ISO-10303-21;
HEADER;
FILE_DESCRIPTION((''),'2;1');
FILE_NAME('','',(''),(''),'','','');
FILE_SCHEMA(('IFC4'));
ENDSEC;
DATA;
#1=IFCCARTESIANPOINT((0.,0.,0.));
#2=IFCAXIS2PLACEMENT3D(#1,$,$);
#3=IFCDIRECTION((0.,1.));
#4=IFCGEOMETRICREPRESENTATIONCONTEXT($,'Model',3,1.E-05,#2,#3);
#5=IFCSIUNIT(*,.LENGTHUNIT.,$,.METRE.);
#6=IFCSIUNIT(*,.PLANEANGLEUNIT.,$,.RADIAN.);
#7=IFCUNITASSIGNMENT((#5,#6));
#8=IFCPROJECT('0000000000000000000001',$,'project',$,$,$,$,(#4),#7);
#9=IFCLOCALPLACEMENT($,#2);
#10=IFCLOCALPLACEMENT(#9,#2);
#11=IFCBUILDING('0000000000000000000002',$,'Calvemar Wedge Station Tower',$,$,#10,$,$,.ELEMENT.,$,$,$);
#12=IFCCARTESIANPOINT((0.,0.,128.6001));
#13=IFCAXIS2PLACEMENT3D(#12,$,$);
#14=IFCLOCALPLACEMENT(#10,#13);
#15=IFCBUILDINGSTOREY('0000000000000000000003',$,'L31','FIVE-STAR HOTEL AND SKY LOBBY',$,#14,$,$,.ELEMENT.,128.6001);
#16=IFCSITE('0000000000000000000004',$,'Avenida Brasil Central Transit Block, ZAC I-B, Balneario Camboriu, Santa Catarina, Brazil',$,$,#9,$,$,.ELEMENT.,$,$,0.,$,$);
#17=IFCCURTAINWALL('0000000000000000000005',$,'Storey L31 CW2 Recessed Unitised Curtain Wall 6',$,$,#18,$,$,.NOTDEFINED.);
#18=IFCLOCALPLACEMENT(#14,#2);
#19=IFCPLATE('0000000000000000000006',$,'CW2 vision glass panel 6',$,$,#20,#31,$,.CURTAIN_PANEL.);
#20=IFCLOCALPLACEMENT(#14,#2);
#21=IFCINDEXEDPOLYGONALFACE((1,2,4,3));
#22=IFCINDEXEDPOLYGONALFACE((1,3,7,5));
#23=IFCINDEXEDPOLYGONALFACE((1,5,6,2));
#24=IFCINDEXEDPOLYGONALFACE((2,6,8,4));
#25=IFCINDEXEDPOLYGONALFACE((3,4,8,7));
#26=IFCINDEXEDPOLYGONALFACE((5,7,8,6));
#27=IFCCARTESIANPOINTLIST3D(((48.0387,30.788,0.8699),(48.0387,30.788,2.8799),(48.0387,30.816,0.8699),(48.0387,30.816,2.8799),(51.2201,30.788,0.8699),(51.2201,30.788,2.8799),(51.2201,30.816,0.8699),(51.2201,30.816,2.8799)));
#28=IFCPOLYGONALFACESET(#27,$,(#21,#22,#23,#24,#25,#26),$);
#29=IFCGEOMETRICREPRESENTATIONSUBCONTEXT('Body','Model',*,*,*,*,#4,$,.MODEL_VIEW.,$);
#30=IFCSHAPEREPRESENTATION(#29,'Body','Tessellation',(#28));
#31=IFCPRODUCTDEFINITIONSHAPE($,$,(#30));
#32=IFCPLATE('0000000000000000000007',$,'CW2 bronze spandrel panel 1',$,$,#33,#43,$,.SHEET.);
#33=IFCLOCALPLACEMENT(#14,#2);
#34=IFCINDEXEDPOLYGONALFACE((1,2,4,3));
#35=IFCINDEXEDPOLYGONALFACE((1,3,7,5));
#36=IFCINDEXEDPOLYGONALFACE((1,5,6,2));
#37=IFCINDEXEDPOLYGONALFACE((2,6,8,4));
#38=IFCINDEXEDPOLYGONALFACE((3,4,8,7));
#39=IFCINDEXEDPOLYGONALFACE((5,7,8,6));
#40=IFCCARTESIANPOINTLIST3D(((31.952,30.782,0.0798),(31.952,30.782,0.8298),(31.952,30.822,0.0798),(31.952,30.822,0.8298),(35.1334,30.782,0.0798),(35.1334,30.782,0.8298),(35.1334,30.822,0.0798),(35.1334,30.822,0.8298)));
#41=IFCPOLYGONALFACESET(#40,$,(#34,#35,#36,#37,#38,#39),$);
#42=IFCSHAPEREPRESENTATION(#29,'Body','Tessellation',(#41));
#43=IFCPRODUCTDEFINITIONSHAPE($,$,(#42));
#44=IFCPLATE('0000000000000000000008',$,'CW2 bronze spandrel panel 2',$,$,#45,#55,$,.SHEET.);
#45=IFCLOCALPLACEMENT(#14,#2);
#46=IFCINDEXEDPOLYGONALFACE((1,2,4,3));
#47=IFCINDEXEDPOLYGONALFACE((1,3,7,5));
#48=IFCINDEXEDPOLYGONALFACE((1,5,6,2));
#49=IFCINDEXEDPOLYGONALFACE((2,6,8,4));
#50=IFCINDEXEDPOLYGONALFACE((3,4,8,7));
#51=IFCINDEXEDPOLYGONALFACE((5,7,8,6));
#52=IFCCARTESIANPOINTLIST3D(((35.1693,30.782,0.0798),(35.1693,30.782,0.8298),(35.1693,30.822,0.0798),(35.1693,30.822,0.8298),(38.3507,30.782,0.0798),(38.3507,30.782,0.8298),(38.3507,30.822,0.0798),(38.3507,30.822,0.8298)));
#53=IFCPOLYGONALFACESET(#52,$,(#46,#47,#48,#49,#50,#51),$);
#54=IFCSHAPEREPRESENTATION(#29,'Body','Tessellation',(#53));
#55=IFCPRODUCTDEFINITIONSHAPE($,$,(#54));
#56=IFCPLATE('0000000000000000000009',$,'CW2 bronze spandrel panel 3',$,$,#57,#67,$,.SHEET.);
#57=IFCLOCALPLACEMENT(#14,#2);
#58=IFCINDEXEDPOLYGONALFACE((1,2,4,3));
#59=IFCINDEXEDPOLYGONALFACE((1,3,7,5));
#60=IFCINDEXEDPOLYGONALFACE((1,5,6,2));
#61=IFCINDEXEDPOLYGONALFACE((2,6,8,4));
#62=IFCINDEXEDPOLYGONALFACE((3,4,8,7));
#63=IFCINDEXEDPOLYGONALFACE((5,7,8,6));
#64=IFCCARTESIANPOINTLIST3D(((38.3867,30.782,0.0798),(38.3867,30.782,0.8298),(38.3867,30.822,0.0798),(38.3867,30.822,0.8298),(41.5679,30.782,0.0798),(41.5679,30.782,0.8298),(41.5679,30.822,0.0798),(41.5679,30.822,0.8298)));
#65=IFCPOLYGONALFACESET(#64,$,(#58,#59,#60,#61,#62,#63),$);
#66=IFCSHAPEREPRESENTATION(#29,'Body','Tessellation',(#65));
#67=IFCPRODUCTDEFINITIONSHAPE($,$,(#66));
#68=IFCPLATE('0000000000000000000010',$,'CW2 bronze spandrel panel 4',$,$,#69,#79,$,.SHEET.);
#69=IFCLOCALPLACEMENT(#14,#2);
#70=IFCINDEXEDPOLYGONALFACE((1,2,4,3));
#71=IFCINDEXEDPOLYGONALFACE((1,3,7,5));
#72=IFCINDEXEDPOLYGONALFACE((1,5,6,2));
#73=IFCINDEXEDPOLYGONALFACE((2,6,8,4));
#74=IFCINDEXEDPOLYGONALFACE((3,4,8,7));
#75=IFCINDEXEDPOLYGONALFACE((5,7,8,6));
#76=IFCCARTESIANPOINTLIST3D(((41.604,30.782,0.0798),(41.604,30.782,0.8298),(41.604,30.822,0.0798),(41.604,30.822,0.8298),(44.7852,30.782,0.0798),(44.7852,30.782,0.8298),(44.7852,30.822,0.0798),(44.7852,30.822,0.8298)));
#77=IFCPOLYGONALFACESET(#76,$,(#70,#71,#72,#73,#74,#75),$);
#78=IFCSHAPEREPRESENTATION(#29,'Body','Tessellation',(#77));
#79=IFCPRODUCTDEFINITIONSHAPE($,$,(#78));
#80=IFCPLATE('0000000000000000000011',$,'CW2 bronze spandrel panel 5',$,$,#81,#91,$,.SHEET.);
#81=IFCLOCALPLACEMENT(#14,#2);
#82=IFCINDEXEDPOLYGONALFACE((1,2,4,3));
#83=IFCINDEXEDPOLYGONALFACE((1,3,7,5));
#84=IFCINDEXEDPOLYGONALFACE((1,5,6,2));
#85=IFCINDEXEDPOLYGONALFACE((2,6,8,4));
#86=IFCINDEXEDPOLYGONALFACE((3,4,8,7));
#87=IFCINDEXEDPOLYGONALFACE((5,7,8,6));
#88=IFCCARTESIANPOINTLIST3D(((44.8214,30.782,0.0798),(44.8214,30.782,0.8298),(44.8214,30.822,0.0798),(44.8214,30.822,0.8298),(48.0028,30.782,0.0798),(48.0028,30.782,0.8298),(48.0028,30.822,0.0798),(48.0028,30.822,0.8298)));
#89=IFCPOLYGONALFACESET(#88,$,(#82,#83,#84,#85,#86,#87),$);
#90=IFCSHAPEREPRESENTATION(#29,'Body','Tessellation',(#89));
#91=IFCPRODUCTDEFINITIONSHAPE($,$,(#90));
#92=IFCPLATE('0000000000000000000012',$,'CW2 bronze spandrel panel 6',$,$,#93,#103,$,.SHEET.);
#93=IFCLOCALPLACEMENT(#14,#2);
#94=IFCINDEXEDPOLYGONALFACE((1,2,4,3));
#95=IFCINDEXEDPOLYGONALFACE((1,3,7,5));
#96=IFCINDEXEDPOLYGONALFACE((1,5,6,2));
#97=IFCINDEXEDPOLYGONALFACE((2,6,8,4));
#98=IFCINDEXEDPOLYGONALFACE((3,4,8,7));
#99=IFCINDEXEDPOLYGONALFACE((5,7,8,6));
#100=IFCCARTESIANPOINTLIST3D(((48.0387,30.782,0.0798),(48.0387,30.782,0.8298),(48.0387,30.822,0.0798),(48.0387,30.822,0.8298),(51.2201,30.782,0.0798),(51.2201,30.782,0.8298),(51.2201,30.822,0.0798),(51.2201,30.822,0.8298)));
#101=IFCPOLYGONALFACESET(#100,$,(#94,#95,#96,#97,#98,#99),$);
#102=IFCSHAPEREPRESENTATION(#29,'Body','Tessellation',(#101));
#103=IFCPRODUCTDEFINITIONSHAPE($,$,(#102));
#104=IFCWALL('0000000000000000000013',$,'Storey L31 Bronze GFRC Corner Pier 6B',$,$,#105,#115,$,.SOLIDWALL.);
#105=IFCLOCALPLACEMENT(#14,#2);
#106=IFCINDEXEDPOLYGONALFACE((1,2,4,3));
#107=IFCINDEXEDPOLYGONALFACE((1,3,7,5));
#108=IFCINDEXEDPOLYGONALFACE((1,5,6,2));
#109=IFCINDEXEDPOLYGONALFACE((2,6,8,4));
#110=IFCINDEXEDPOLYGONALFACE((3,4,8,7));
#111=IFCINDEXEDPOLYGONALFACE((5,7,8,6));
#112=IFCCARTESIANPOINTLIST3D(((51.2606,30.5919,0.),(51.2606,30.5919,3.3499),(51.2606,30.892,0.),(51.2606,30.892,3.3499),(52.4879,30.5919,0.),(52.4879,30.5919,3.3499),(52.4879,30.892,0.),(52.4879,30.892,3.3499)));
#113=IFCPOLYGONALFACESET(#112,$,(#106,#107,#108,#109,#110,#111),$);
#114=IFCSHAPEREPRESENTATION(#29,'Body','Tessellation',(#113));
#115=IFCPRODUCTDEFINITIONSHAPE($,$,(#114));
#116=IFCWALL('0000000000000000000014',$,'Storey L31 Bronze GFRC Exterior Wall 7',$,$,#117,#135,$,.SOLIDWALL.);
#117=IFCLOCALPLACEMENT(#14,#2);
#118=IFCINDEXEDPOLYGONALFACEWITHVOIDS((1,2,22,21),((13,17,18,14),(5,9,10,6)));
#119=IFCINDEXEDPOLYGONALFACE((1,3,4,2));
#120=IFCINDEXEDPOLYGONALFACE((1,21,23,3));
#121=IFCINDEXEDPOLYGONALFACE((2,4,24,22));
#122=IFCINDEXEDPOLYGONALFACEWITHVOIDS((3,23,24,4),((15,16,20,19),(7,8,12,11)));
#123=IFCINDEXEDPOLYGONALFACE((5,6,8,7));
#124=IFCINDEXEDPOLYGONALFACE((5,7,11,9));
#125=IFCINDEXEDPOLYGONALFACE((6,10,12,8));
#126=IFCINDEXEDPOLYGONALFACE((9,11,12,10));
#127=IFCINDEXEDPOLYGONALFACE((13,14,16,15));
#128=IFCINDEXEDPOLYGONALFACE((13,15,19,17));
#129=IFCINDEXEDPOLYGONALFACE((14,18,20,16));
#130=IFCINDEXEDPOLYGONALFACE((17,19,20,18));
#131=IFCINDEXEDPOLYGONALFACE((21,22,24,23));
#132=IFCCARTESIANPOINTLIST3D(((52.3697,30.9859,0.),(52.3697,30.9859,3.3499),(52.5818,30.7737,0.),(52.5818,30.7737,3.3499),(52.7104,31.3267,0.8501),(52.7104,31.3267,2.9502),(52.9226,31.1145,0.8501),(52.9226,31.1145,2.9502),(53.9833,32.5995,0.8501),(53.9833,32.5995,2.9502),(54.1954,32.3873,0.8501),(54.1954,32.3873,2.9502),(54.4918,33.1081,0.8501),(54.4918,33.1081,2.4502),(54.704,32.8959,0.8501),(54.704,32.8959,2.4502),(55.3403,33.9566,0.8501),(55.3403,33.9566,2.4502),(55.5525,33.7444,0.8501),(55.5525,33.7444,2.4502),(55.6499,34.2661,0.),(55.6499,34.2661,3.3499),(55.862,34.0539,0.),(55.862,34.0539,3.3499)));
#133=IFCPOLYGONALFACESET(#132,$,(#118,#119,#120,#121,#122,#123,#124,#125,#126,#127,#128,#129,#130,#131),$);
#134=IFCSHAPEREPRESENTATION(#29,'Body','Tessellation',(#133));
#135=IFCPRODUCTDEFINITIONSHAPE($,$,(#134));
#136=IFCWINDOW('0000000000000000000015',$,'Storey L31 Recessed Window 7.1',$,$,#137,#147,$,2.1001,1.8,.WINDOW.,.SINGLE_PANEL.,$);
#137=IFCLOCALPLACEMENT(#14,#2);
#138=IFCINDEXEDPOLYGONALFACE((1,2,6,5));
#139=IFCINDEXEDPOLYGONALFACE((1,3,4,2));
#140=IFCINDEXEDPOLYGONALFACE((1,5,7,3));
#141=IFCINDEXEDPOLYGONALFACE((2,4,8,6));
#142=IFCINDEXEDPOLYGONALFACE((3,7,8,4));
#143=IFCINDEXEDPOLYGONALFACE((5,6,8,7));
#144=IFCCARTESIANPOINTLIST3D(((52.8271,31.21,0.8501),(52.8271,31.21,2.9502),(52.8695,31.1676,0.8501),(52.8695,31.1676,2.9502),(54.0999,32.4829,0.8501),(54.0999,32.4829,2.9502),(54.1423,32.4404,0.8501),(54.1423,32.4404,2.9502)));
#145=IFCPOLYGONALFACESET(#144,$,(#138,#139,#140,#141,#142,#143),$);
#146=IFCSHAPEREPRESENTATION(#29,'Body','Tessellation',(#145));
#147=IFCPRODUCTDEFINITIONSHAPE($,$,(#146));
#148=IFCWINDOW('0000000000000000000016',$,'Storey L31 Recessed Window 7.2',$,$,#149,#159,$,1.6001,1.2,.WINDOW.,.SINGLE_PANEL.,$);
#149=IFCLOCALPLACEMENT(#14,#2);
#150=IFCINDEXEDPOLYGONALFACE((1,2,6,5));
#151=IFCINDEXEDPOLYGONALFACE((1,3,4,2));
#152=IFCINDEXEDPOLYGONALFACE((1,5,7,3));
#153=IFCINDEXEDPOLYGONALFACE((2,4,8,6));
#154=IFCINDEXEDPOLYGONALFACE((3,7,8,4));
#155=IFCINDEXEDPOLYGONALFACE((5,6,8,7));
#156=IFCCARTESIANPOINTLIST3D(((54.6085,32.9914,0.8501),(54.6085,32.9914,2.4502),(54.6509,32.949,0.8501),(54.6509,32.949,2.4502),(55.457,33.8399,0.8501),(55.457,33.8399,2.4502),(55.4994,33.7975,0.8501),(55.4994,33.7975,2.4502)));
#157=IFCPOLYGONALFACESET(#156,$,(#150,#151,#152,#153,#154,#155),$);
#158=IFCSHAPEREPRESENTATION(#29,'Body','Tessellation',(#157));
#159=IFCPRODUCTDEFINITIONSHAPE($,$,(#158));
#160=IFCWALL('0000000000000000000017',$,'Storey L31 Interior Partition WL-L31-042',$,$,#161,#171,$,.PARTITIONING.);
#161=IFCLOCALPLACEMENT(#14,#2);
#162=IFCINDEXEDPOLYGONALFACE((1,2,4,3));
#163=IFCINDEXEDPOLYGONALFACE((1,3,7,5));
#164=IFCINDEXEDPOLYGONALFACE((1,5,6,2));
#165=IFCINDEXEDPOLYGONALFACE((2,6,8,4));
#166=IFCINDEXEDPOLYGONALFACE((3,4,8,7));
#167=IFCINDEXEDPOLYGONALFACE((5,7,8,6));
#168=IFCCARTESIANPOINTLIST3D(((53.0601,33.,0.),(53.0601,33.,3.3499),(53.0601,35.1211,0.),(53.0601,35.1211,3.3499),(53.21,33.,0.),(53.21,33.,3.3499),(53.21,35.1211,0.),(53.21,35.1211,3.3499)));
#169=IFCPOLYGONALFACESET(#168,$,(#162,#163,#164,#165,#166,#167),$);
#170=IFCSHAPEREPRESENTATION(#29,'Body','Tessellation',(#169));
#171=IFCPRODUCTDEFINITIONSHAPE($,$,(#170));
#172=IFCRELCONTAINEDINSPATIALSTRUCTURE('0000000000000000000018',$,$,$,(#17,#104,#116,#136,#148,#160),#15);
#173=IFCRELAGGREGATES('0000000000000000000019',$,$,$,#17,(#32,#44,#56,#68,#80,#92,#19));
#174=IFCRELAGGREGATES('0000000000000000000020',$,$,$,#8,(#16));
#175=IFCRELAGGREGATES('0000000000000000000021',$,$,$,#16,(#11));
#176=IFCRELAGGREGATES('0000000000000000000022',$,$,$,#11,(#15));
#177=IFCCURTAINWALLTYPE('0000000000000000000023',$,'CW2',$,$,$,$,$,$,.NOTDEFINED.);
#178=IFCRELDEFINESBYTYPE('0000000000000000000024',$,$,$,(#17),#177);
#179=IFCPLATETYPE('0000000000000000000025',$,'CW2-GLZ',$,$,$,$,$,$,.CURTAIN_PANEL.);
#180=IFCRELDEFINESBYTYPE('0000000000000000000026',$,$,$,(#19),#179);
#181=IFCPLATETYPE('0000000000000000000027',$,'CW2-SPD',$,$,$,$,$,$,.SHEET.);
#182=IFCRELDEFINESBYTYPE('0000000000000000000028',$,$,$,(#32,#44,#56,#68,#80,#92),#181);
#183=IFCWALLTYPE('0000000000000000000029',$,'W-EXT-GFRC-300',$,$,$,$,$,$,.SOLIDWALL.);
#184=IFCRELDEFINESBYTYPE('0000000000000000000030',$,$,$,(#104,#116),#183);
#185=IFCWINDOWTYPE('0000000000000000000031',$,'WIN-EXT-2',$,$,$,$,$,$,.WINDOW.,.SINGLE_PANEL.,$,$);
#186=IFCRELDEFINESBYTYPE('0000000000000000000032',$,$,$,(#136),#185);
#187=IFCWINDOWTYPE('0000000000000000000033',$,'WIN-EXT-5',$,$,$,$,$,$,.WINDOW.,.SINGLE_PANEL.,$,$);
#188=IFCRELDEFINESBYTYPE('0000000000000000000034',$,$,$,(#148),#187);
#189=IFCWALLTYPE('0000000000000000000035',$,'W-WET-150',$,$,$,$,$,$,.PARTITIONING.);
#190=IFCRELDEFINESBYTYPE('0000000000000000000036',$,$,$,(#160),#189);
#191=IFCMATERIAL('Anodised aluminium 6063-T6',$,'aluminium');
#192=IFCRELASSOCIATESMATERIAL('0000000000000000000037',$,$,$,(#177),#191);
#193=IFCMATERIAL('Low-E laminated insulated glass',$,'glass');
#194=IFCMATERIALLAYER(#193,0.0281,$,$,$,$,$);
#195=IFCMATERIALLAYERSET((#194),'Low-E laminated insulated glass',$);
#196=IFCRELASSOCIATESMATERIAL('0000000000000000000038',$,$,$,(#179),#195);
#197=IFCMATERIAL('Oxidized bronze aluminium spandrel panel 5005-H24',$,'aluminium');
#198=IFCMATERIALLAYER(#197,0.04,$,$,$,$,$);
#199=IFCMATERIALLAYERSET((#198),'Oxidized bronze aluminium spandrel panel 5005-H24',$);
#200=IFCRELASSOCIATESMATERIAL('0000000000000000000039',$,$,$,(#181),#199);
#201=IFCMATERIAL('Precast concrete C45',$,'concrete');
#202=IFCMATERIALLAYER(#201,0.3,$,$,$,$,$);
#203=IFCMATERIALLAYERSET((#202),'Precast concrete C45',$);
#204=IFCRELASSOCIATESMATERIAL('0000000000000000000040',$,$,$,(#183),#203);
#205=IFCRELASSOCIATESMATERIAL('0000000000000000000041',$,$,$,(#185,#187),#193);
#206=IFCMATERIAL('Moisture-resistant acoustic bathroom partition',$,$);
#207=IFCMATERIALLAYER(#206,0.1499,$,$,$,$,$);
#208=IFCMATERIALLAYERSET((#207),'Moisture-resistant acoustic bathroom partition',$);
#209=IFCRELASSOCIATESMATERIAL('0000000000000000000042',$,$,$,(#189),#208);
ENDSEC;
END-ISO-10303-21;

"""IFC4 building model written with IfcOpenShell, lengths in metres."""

from ifc_helpers import new_model, si_unit, direction, frame, frame_2d, origin, place, context, subcontext, project, spatial, rectangle, extrude, source, transform, mapped, material, layer, layer_set, type_object, element, fill, aggregate, save


model = new_model("IFC4")

# Units and contexts
model_context = context("Model", 3, precision=1e-05, world=origin(), true_north=direction((0.0, 1.0)))
body_context = subcontext(model_context, "Body", "Model", "MODEL_VIEW")
ifc_project = project(units=[si_unit("LENGTHUNIT", "METRE"), si_unit("PLANEANGLEUNIT", "RADIAN")], contexts=[model_context])

# Site, building, storey
site_placement = place(None, origin())
site = spatial("IfcSite", under=ifc_project, at=site_placement, Name="Avenida Brasil Central Transit Block, ZAC I-B, Balneario Camboriu, Santa Catarina, Brazil", CompositionType="ELEMENT", RefElevation=0.0)
building_placement = place(site_placement, origin())
building = spatial("IfcBuilding", under=site, at=building_placement, Name="Calvemar Wedge Station Tower", CompositionType="ELEMENT")
storey_placement = place(building_placement, frame((0.0, 0.0, 128.6001)))
storey = spatial("IfcBuildingStorey", under=building, at=storey_placement, Name="L31", Description="FIVE-STAR HOTEL AND SKY LOBBY", CompositionType="ELEMENT", Elevation=128.6001)

# Curtain wall, plates
ifc_material_1 = material(Name="Anodised aluminium 6063-T6", Category="aluminium")
curtain_wall_type = type_object("IfcCurtainWallType", Name="CW2", PredefinedType="NOTDEFINED", material=ifc_material_1)
curtain_wall_placement = place(storey_placement, origin())
curtain_wall = element("IfcCurtainWall", 1, at=curtain_wall_placement, inside=storey, type_object=curtain_wall_type, Name="Storey L31 CW2 Recessed Unitised Curtain Wall 6", PredefinedType="NOTDEFINED")
ifc_material_2 = material(Name="Low-E laminated insulated glass", Category="glass")
ifc_layer_1 = layer(ifc_material_2, 0.0281)
ifc_layer_set_1 = layer_set([ifc_layer_1], Name="Low-E laminated insulated glass")
plate_type_1 = type_object("IfcPlateType", Name="CW2-GLZ", PredefinedType="CURTAIN_PANEL", material=ifc_layer_set_1)
plate_1_placement = place(storey_placement, frame((48.0386, 30.802, 0.8699), z_axis=(0.0, 0.0, 1.0), x_axis=(1.0, 0.0, 0.0)))
plate_1 = element("IfcPlate", 2, at=plate_1_placement, type_object=plate_type_1, Name="CW2 vision glass panel 6", PredefinedType="CURTAIN_PANEL", context=body_context, shape_type="SweptSolid", body=[
    extrude(rectangle(XDim=3.1814, YDim=0.0281, at=frame_2d((1.5908, 0.0))), origin(), (0.0, 0.0, 1.0), 2.01),
])
ifc_material_3 = material(Name="Oxidized bronze aluminium spandrel panel 5005-H24", Category="aluminium")
ifc_layer_2 = layer(ifc_material_3, 0.04)
ifc_layer_set_2 = layer_set([ifc_layer_2], Name="Oxidized bronze aluminium spandrel panel 5005-H24")
plate_type_2 = type_object("IfcPlateType", Name="CW2-SPD", PredefinedType="SHEET", material=ifc_layer_set_2)
plate_2_placement = place(storey_placement, frame((31.9519, 30.802, 0.0798), z_axis=(0.0, 0.0, 1.0), x_axis=(1.0, 0.0, 0.0)))
plate_2 = element("IfcPlate", 3, at=plate_2_placement, type_object=plate_type_2, Name="CW2 bronze spandrel panel 1", PredefinedType="SHEET", context=body_context, shape_type="SweptSolid", body=[
    extrude(rectangle(XDim=3.1814, YDim=0.04, at=frame_2d((1.5908, 0.0))), origin(), (0.0, 0.0, 1.0), 0.75),
])
plate_3_placement = place(storey_placement, frame((35.1692, 30.802, 0.0798), z_axis=(0.0, 0.0, 1.0), x_axis=(1.0, 0.0, 0.0)))
plate_3 = element("IfcPlate", 4, at=plate_3_placement, type_object=plate_type_2, Name="CW2 bronze spandrel panel 2", PredefinedType="SHEET", context=body_context, shape_type="SweptSolid", body=[
    extrude(rectangle(XDim=3.1814, YDim=0.04, at=frame_2d((1.5908, 0.0))), origin(), (0.0, 0.0, 1.0), 0.75),
])
plate_4_placement = place(storey_placement, frame((38.3867, 30.802, 0.0798), z_axis=(0.0, 0.0, 1.0), x_axis=(1.0, 0.0, 0.0)))
plate_4 = element("IfcPlate", 5, at=plate_4_placement, type_object=plate_type_2, Name="CW2 bronze spandrel panel 3", PredefinedType="SHEET", context=body_context, shape_type="SweptSolid", body=[
    extrude(rectangle(XDim=3.1812, YDim=0.04, at=frame_2d((1.5906, 0.0))), origin(), (0.0, 0.0, 1.0), 0.75),
])
plate_5_placement = place(storey_placement, frame((41.604, 30.802, 0.0798), z_axis=(0.0, 0.0, 1.0), x_axis=(1.0, 0.0, 0.0)))
plate_5 = element("IfcPlate", 6, at=plate_5_placement, type_object=plate_type_2, Name="CW2 bronze spandrel panel 4", PredefinedType="SHEET", context=body_context, shape_type="SweptSolid", body=[
    extrude(rectangle(XDim=3.1812, YDim=0.04, at=frame_2d((1.5906, 0.0))), origin(), (0.0, 0.0, 1.0), 0.75),
])
plate_6_placement = place(storey_placement, frame((44.8213, 30.802, 0.0798), z_axis=(0.0, 0.0, 1.0), x_axis=(1.0, 0.0, 0.0)))
plate_6 = element("IfcPlate", 7, at=plate_6_placement, type_object=plate_type_2, Name="CW2 bronze spandrel panel 5", PredefinedType="SHEET", context=body_context, shape_type="SweptSolid", body=[
    extrude(rectangle(XDim=3.1814, YDim=0.04, at=frame_2d((1.5908, 0.0))), origin(), (0.0, 0.0, 1.0), 0.75),
])
plate_7_placement = place(storey_placement, frame((48.0386, 30.802, 0.0798), z_axis=(0.0, 0.0, 1.0), x_axis=(1.0, 0.0, 0.0)))
plate_7 = element("IfcPlate", 8, at=plate_7_placement, type_object=plate_type_2, Name="CW2 bronze spandrel panel 6", PredefinedType="SHEET", context=body_context, shape_type="SweptSolid", body=[
    extrude(rectangle(XDim=3.1814, YDim=0.04, at=frame_2d((1.5908, 0.0))), origin(), (0.0, 0.0, 1.0), 0.75),
])
aggregate(curtain_wall, [plate_2, plate_3, plate_4, plate_5, plate_6, plate_7, plate_1])

# Wall
ifc_material_4 = material(Name="Precast concrete C45", Category="concrete")
ifc_layer_3 = layer(ifc_material_4, 0.3)
ifc_layer_set_3 = layer_set([ifc_layer_3], Name="Precast concrete C45")
wall_type_1 = type_object("IfcWallType", Name="W-EXT-GFRC-300", PredefinedType="SOLIDWALL", material=ifc_layer_set_3)
wall_1_placement = place(storey_placement, frame((51.2605, 30.7419, 0.0), z_axis=(0.0, 0.0, 1.0), x_axis=(1.0, 0.0, 0.0)))
element("IfcWall", 9, at=wall_1_placement, inside=storey, type_object=wall_type_1, Name="Storey L31 Bronze GFRC Corner Pier 6B", PredefinedType="SOLIDWALL", context=body_context, shape_type="SweptSolid", body=[
    extrude(rectangle(XDim=1.2273, YDim=0.3, at=frame_2d((0.6138, 0.0))), origin(), (0.0, 0.0, 1.0), 3.3499),
])

# Wall, openings, windows
wall_2_placement = place(storey_placement, frame((52.4758, 30.8799, 0.0), z_axis=(0.0, 0.0, 1.0), x_axis=(0.707107, 0.707107, 0.0)))
wall_2 = element("IfcWall", 10, at=wall_2_placement, inside=storey, type_object=wall_type_1, Name="Storey L31 Bronze GFRC Exterior Wall 7", PredefinedType="SOLIDWALL", context=body_context, shape_type="SweptSolid", body=[
    extrude(rectangle(XDim=4.6389, YDim=0.3, at=frame_2d((2.3193, 0.0))), origin(), (0.0, 0.0, 1.0), 3.3499),
])
shared_shape_1 = source(origin(), body_context, "Body", "SweptSolid", [
    extrude(rectangle(XDim=1.8, YDim=2.1001, at=frame_2d((0.8999, 1.05))), frame((0.0, 0.1602, 0.0), z_axis=(0.0, -1.0, 0.0), x_axis=(1.0, 0.0, 0.0)), (0.0, 0.0, 1.0), 0.3201),
])
opening_1_placement = place(wall_2_placement, frame((0.4819, 0.0, 0.8501)))
opening_1 = element("IfcOpeningElement", 11, at=opening_1_placement, cuts=wall_2, PredefinedType="OPENING", context=body_context, shape_type="MappedRepresentation", body=[
    mapped(shared_shape_1, transform((0.0, 0.0, 0.0), scale=1.0)),
])
shared_shape_2 = source(origin(), body_context, "Body", "SweptSolid", [
    extrude(rectangle(XDim=1.2, YDim=1.6001, at=frame_2d((0.6001, 0.8))), frame((0.0, 0.1602, 0.0), z_axis=(0.0, -1.0, 0.0), x_axis=(1.0, 0.0, 0.0)), (0.0, 0.0, 1.0), 0.3201),
])
opening_2_placement = place(wall_2_placement, frame((3.001, 0.0, 0.8501)))
opening_2 = element("IfcOpeningElement", 12, at=opening_2_placement, cuts=wall_2, PredefinedType="OPENING", context=body_context, shape_type="MappedRepresentation", body=[
    mapped(shared_shape_2, transform((0.0, 0.0, 0.0), scale=1.0)),
])
window_type_1 = type_object("IfcWindowType", Name="WIN-EXT-2", PartitioningType="SINGLE_PANEL", PredefinedType="WINDOW", material=ifc_material_2)
shared_shape_3 = source(origin(), body_context, "Body", "SweptSolid", [
    extrude(rectangle(XDim=1.8, YDim=2.1001, at=frame_2d((0.8999, 1.05))), frame((0.0, -0.0149, 0.0), z_axis=(0.0, -1.0, 0.0), x_axis=(1.0, 0.0, 0.0)), (0.0, 0.0, 1.0), 0.0601),
])
window_1_placement = place(opening_1_placement, origin())
window_1 = element("IfcWindow", 13, at=window_1_placement, inside=storey, type_object=window_type_1, Name="Storey L31 Recessed Window 7.1", OverallHeight=2.1001, OverallWidth=1.8, PartitioningType="SINGLE_PANEL", PredefinedType="WINDOW", context=body_context, shape_type="MappedRepresentation", body=[
    mapped(shared_shape_3, transform((0.0, 0.0, 0.0), scale=1.0)),
])
fill(opening_1, window_1)
window_type_2 = type_object("IfcWindowType", Name="WIN-EXT-5", PartitioningType="SINGLE_PANEL", PredefinedType="WINDOW", material=ifc_material_2)
shared_shape_4 = source(origin(), body_context, "Body", "SweptSolid", [
    extrude(rectangle(XDim=1.2, YDim=1.6001, at=frame_2d((0.6001, 0.8))), frame((0.0, -0.0149, 0.0), z_axis=(0.0, -1.0, 0.0), x_axis=(1.0, 0.0, 0.0)), (0.0, 0.0, 1.0), 0.0601),
])
window_2_placement = place(opening_2_placement, origin())
window_2 = element("IfcWindow", 14, at=window_2_placement, inside=storey, type_object=window_type_2, Name="Storey L31 Recessed Window 7.2", OverallHeight=1.6001, OverallWidth=1.2, PartitioningType="SINGLE_PANEL", PredefinedType="WINDOW", context=body_context, shape_type="MappedRepresentation", body=[
    mapped(shared_shape_4, transform((0.0, 0.0, 0.0), scale=1.0)),
])
fill(opening_2, window_2)

# Wall
ifc_material_5 = material(Name="Moisture-resistant acoustic bathroom partition")
ifc_layer_4 = layer(ifc_material_5, 0.1499)
ifc_layer_set_4 = layer_set([ifc_layer_4], Name="Moisture-resistant acoustic bathroom partition")
wall_type_2 = type_object("IfcWallType", Name="W-WET-150", PredefinedType="PARTITIONING", material=ifc_layer_set_4)
wall_3_placement = place(storey_placement, frame((53.135, 33.0, 0.0), z_axis=(0.0, 0.0, 1.0), x_axis=(0.0, 1.0, 0.0)))
element("IfcWall", 15, at=wall_3_placement, inside=storey, type_object=wall_type_2, Name="Storey L31 Interior Partition WL-L31-042", PredefinedType="PARTITIONING", context=body_context, shape_type="SweptSolid", body=[
    extrude(rectangle(XDim=2.1211, YDim=0.1499, at=frame_2d((1.0605, 0.0))), origin(), (0.0, 0.0, 1.0), 3.3499),
])

save(model, "model.ifc")
